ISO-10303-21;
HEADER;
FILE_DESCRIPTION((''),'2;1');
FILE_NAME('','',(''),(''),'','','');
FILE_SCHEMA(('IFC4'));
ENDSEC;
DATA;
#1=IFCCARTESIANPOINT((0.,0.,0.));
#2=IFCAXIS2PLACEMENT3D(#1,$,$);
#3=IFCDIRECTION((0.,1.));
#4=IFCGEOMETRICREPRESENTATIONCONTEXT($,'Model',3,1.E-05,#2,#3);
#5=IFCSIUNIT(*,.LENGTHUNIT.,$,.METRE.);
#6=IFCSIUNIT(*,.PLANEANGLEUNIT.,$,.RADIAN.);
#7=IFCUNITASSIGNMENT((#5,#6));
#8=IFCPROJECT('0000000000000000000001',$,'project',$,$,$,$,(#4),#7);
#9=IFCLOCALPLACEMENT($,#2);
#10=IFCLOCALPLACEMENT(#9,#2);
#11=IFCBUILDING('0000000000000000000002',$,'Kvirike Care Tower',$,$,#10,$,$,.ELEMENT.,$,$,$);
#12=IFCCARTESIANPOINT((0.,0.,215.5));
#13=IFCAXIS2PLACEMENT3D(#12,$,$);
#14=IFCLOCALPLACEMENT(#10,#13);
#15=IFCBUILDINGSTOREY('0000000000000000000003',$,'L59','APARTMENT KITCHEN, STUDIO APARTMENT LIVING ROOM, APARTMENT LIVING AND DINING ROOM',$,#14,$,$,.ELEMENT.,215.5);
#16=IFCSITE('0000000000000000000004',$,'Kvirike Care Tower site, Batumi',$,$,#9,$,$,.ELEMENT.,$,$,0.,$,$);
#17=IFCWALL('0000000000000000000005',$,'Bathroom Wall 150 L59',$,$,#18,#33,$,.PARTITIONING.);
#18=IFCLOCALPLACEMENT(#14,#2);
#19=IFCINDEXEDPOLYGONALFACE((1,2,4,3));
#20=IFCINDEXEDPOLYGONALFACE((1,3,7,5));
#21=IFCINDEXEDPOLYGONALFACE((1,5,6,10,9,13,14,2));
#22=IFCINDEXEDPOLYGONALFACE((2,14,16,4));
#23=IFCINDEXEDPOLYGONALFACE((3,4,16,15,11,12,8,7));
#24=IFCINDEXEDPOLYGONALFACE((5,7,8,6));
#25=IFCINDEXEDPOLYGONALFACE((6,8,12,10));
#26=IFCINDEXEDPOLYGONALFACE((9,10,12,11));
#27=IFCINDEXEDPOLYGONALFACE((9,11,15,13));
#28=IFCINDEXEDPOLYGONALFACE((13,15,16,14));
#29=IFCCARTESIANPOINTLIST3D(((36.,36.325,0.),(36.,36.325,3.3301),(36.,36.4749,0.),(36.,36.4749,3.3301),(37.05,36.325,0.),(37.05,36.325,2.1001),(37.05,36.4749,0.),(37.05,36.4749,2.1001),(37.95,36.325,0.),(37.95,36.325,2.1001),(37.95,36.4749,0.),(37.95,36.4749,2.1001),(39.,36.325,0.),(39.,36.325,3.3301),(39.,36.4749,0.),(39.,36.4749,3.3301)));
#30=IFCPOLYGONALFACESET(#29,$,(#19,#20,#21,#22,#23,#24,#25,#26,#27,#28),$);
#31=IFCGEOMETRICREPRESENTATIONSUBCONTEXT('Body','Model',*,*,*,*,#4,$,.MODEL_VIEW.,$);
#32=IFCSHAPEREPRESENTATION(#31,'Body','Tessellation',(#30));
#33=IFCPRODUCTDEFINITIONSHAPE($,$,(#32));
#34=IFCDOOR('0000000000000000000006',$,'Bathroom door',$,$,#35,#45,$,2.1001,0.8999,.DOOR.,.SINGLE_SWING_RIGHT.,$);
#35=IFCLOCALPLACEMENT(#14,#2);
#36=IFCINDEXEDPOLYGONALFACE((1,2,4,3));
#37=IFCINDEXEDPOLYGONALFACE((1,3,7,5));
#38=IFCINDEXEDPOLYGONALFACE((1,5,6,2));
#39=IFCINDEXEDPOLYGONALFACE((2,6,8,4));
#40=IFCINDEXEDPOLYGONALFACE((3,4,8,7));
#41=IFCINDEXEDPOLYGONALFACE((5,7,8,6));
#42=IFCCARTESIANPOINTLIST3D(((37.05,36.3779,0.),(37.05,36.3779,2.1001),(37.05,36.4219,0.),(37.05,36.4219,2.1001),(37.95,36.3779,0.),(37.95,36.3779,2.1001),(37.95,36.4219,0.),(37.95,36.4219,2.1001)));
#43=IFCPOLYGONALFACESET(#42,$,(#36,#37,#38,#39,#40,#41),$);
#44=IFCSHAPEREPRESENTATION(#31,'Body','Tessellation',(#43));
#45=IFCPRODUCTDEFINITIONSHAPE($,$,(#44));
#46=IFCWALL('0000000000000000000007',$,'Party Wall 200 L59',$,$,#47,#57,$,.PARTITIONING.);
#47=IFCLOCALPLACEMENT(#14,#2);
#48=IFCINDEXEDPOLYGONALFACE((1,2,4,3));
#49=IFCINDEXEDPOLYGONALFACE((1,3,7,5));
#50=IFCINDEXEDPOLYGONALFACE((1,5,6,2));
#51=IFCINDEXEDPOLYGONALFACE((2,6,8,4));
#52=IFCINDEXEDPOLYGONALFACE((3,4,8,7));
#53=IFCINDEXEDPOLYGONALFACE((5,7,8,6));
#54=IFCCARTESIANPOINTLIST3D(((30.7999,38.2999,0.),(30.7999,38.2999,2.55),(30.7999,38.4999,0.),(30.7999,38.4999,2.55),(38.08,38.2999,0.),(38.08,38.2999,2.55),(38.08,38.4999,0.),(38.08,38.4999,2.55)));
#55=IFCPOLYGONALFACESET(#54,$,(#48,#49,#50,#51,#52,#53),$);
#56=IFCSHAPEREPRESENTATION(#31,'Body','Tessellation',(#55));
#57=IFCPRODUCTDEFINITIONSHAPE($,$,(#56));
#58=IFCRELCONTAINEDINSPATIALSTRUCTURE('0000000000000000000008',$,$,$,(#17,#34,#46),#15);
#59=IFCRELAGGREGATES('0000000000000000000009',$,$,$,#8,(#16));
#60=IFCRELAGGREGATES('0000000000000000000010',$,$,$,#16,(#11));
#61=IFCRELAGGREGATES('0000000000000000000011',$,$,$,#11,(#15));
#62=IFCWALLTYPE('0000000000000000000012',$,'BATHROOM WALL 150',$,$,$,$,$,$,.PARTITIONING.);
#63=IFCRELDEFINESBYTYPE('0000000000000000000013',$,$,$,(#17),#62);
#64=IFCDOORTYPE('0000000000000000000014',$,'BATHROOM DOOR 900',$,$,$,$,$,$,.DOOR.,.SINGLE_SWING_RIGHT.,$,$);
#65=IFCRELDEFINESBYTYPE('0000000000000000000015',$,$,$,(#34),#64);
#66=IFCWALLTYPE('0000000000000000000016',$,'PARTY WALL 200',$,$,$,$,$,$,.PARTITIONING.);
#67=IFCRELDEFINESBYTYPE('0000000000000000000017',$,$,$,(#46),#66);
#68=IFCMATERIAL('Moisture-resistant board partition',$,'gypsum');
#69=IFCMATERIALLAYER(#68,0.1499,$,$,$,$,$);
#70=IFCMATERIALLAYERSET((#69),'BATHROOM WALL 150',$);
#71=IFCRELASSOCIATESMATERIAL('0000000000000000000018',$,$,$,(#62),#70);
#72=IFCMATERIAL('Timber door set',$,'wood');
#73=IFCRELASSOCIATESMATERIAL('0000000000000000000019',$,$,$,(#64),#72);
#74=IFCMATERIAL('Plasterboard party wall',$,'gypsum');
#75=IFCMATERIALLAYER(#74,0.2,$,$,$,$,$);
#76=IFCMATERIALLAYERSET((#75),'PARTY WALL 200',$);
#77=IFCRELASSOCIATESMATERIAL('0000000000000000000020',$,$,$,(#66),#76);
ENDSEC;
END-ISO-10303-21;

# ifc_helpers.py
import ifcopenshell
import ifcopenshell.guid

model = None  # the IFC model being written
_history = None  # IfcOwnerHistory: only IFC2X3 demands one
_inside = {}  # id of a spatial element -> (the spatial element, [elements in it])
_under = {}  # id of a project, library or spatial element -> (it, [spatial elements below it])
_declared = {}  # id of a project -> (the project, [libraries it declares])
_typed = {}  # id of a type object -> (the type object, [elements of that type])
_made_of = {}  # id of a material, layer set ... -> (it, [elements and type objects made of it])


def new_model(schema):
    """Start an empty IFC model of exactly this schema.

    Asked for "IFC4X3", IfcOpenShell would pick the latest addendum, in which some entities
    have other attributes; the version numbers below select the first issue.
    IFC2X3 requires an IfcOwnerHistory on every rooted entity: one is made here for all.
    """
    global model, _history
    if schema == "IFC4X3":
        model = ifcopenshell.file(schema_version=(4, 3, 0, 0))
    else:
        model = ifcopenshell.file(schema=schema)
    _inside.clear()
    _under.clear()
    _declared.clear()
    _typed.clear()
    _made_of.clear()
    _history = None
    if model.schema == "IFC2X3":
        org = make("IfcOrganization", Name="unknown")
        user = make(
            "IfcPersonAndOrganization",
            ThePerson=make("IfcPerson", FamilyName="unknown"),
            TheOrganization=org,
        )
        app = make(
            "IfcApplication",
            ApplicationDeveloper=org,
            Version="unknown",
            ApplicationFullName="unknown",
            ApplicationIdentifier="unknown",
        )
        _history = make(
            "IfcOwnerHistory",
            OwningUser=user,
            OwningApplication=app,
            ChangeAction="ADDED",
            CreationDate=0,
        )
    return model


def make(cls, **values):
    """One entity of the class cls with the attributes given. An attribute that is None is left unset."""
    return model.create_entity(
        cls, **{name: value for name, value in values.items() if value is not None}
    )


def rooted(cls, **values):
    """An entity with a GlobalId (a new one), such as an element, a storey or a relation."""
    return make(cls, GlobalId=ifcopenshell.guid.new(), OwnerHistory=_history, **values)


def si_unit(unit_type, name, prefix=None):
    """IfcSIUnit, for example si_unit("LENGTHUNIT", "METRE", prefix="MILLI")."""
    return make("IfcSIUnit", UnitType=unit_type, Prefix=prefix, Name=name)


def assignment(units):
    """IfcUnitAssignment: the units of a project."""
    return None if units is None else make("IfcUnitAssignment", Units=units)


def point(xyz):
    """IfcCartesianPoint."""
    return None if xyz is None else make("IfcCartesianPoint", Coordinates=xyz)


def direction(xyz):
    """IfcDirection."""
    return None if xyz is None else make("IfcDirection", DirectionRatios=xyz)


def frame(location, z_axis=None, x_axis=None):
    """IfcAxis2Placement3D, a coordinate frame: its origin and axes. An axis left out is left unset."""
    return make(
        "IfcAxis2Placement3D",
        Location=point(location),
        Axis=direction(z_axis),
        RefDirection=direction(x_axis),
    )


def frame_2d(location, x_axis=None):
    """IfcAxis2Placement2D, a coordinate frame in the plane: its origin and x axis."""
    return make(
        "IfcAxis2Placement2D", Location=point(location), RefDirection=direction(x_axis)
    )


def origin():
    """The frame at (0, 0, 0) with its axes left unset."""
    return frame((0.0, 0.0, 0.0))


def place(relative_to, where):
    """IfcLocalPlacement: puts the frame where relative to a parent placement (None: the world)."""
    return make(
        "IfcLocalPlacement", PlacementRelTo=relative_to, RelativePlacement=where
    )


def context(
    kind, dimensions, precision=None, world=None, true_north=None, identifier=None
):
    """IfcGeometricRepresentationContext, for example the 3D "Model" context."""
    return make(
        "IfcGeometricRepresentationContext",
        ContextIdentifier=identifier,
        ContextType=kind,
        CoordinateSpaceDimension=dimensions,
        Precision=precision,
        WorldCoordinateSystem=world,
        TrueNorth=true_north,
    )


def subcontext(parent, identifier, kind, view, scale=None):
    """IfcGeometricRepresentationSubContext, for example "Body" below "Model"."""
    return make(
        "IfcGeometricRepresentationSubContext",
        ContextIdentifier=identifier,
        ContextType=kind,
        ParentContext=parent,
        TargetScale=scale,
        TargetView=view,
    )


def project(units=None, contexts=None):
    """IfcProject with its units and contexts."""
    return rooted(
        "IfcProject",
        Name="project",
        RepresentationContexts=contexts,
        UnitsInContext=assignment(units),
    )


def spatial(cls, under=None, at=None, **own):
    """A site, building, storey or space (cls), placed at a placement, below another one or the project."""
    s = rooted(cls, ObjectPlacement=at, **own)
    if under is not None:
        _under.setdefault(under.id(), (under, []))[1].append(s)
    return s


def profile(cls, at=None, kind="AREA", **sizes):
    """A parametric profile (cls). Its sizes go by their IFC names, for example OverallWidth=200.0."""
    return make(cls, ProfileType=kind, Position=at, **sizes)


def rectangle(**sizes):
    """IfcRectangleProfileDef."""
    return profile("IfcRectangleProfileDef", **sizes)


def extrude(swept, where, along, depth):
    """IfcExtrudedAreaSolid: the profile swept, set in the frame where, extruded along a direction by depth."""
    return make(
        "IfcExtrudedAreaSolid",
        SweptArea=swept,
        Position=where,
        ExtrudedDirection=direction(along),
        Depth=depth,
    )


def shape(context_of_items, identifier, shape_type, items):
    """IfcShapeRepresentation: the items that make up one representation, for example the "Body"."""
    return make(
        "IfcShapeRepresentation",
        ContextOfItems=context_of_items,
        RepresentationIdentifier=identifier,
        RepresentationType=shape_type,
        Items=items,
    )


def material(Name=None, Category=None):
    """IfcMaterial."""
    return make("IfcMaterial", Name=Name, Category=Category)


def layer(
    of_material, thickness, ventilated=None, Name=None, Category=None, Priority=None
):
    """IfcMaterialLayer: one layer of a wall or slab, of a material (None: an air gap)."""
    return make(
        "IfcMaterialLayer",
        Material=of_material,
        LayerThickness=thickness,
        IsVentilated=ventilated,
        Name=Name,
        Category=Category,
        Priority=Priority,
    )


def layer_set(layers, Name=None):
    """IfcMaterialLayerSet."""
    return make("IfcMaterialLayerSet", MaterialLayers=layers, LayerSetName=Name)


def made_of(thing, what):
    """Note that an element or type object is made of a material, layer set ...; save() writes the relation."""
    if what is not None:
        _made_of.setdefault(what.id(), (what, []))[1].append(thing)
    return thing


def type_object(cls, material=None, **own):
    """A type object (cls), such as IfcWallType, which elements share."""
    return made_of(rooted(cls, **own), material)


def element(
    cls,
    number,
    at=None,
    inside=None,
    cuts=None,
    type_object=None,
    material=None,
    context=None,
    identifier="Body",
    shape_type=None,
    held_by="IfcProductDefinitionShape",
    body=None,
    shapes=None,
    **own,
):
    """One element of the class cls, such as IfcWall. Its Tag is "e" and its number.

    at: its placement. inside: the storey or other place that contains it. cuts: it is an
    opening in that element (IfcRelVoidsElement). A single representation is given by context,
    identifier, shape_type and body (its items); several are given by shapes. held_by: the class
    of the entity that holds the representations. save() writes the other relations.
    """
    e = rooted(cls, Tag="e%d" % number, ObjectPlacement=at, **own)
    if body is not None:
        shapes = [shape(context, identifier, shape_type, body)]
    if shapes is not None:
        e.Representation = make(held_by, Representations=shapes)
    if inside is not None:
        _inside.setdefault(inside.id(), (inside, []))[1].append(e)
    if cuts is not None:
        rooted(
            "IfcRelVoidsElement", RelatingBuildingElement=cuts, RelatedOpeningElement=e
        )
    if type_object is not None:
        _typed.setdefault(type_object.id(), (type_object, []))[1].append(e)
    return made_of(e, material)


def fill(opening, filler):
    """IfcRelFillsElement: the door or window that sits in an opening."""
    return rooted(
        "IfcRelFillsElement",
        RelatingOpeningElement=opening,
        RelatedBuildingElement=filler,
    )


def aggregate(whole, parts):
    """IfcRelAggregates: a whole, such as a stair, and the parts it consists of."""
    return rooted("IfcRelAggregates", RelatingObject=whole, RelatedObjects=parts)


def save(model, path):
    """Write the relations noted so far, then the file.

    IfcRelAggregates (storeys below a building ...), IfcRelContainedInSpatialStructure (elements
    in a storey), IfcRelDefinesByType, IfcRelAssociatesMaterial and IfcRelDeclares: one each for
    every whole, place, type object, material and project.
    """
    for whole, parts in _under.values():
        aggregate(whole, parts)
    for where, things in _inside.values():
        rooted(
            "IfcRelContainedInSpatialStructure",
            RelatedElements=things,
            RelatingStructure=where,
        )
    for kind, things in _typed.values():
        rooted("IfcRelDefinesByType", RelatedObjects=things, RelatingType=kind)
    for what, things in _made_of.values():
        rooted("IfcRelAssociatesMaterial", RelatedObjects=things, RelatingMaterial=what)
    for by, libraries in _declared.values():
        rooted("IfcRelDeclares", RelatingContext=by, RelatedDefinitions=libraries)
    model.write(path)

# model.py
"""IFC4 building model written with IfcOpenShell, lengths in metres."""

from ifc_helpers import new_model, si_unit, direction, frame, frame_2d, origin, place, context, subcontext, project, spatial, rectangle, extrude, material, layer, layer_set, type_object, element, fill, save


model = new_model("IFC4")

# Units and contexts
model_context = context("Model", 3, precision=1e-05, world=origin(), true_north=direction((0.0, 1.0)))
body_context = subcontext(model_context, "Body", "Model", "MODEL_VIEW")
ifc_project = project(units=[si_unit("LENGTHUNIT", "METRE"), si_unit("PLANEANGLEUNIT", "RADIAN")], contexts=[model_context])

# Site, building, storey
site_placement = place(None, origin())
site = spatial("IfcSite", under=ifc_project, at=site_placement, Name="Kvirike Care Tower site, Batumi", CompositionType="ELEMENT", RefElevation=0.0)
building_placement = place(site_placement, origin())
building = spatial("IfcBuilding", under=site, at=building_placement, Name="Kvirike Care Tower", CompositionType="ELEMENT")
storey_placement = place(building_placement, frame((0.0, 0.0, 215.5)))
storey = spatial("IfcBuildingStorey", under=building, at=storey_placement, Name="L59", Description="APARTMENT KITCHEN, STUDIO APARTMENT LIVING ROOM, APARTMENT LIVING AND DINING ROOM", CompositionType="ELEMENT", Elevation=215.5)

# Wall, opening, door
ifc_material_1 = material(Name="Moisture-resistant board partition", Category="gypsum")
ifc_layer_1 = layer(ifc_material_1, 0.1499)
ifc_layer_set_1 = layer_set([ifc_layer_1], Name="BATHROOM WALL 150")
wall_type_1 = type_object("IfcWallType", Name="BATHROOM WALL 150", PredefinedType="PARTITIONING", material=ifc_layer_set_1)
wall_1_placement = place(storey_placement, frame((39.0, 36.3999, 0.0), z_axis=(0.0, 0.0, 1.0), x_axis=(-1.0, 0.0, 0.0)))
wall_1 = element("IfcWall", 1, at=wall_1_placement, inside=storey, type_object=wall_type_1, Name="Bathroom Wall 150 L59", PredefinedType="PARTITIONING", context=body_context, shape_type="SweptSolid", body=[
    extrude(rectangle(XDim=3.0, YDim=0.1499, at=frame_2d((1.5, 0.0))), origin(), (0.0, 0.0, 1.0), 3.3301),
])
opening_placement = place(wall_1_placement, frame((1.05, 0.0, 0.0)))
opening = element("IfcOpeningElement", 2, at=opening_placement, cuts=wall_1, PredefinedType="OPENING", context=body_context, shape_type="SweptSolid", body=[
    extrude(rectangle(XDim=0.8999, YDim=2.1001, at=frame_2d((0.45, 1.05))), frame((0.0, 0.0854, 0.0), z_axis=(0.0, -1.0, 0.0), x_axis=(1.0, 0.0, 0.0)), (0.0, 0.0, 1.0), 0.1709),
])
ifc_material_2 = material(Name="Timber door set", Category="wood")
door_type = type_object("IfcDoorType", Name="BATHROOM DOOR 900", OperationType="SINGLE_SWING_RIGHT", PredefinedType="DOOR", material=ifc_material_2)
door_placement = place(opening_placement, origin())
door = element("IfcDoor", 3, at=door_placement, inside=storey, type_object=door_type, Name="Bathroom door", OperationType="SINGLE_SWING_RIGHT", OverallHeight=2.1001, OverallWidth=0.8999, PredefinedType="DOOR", context=body_context, shape_type="SweptSolid", body=[
    extrude(rectangle(XDim=0.8999, YDim=2.1001, at=frame_2d((0.45, 1.05))), frame((0.0, 0.022, 0.0), z_axis=(0.0, -1.0, 0.0), x_axis=(1.0, 0.0, 0.0)), (0.0, 0.0, 1.0), 0.0439),
])
fill(opening, door)

# Wall
ifc_material_3 = material(Name="Plasterboard party wall", Category="gypsum")
ifc_layer_2 = layer(ifc_material_3, 0.2)
ifc_layer_set_2 = layer_set([ifc_layer_2], Name="PARTY WALL 200")
wall_type_2 = type_object("IfcWallType", Name="PARTY WALL 200", PredefinedType="PARTITIONING", material=ifc_layer_set_2)
wall_2_placement = place(storey_placement, frame((38.0801, 38.3999, 0.0), z_axis=(0.0, 0.0, 1.0), x_axis=(-1.0, 0.0, 0.0)))
element("IfcWall", 4, at=wall_2_placement, inside=storey, type_object=wall_type_2, Name="Party Wall 200 L59", PredefinedType="PARTITIONING", context=body_context, shape_type="SweptSolid", body=[
    extrude(rectangle(XDim=7.28, YDim=0.2, at=frame_2d((3.6401, 0.0))), origin(), (0.0, 0.0, 1.0), 2.55),
])

save(model, "model.ifc")
